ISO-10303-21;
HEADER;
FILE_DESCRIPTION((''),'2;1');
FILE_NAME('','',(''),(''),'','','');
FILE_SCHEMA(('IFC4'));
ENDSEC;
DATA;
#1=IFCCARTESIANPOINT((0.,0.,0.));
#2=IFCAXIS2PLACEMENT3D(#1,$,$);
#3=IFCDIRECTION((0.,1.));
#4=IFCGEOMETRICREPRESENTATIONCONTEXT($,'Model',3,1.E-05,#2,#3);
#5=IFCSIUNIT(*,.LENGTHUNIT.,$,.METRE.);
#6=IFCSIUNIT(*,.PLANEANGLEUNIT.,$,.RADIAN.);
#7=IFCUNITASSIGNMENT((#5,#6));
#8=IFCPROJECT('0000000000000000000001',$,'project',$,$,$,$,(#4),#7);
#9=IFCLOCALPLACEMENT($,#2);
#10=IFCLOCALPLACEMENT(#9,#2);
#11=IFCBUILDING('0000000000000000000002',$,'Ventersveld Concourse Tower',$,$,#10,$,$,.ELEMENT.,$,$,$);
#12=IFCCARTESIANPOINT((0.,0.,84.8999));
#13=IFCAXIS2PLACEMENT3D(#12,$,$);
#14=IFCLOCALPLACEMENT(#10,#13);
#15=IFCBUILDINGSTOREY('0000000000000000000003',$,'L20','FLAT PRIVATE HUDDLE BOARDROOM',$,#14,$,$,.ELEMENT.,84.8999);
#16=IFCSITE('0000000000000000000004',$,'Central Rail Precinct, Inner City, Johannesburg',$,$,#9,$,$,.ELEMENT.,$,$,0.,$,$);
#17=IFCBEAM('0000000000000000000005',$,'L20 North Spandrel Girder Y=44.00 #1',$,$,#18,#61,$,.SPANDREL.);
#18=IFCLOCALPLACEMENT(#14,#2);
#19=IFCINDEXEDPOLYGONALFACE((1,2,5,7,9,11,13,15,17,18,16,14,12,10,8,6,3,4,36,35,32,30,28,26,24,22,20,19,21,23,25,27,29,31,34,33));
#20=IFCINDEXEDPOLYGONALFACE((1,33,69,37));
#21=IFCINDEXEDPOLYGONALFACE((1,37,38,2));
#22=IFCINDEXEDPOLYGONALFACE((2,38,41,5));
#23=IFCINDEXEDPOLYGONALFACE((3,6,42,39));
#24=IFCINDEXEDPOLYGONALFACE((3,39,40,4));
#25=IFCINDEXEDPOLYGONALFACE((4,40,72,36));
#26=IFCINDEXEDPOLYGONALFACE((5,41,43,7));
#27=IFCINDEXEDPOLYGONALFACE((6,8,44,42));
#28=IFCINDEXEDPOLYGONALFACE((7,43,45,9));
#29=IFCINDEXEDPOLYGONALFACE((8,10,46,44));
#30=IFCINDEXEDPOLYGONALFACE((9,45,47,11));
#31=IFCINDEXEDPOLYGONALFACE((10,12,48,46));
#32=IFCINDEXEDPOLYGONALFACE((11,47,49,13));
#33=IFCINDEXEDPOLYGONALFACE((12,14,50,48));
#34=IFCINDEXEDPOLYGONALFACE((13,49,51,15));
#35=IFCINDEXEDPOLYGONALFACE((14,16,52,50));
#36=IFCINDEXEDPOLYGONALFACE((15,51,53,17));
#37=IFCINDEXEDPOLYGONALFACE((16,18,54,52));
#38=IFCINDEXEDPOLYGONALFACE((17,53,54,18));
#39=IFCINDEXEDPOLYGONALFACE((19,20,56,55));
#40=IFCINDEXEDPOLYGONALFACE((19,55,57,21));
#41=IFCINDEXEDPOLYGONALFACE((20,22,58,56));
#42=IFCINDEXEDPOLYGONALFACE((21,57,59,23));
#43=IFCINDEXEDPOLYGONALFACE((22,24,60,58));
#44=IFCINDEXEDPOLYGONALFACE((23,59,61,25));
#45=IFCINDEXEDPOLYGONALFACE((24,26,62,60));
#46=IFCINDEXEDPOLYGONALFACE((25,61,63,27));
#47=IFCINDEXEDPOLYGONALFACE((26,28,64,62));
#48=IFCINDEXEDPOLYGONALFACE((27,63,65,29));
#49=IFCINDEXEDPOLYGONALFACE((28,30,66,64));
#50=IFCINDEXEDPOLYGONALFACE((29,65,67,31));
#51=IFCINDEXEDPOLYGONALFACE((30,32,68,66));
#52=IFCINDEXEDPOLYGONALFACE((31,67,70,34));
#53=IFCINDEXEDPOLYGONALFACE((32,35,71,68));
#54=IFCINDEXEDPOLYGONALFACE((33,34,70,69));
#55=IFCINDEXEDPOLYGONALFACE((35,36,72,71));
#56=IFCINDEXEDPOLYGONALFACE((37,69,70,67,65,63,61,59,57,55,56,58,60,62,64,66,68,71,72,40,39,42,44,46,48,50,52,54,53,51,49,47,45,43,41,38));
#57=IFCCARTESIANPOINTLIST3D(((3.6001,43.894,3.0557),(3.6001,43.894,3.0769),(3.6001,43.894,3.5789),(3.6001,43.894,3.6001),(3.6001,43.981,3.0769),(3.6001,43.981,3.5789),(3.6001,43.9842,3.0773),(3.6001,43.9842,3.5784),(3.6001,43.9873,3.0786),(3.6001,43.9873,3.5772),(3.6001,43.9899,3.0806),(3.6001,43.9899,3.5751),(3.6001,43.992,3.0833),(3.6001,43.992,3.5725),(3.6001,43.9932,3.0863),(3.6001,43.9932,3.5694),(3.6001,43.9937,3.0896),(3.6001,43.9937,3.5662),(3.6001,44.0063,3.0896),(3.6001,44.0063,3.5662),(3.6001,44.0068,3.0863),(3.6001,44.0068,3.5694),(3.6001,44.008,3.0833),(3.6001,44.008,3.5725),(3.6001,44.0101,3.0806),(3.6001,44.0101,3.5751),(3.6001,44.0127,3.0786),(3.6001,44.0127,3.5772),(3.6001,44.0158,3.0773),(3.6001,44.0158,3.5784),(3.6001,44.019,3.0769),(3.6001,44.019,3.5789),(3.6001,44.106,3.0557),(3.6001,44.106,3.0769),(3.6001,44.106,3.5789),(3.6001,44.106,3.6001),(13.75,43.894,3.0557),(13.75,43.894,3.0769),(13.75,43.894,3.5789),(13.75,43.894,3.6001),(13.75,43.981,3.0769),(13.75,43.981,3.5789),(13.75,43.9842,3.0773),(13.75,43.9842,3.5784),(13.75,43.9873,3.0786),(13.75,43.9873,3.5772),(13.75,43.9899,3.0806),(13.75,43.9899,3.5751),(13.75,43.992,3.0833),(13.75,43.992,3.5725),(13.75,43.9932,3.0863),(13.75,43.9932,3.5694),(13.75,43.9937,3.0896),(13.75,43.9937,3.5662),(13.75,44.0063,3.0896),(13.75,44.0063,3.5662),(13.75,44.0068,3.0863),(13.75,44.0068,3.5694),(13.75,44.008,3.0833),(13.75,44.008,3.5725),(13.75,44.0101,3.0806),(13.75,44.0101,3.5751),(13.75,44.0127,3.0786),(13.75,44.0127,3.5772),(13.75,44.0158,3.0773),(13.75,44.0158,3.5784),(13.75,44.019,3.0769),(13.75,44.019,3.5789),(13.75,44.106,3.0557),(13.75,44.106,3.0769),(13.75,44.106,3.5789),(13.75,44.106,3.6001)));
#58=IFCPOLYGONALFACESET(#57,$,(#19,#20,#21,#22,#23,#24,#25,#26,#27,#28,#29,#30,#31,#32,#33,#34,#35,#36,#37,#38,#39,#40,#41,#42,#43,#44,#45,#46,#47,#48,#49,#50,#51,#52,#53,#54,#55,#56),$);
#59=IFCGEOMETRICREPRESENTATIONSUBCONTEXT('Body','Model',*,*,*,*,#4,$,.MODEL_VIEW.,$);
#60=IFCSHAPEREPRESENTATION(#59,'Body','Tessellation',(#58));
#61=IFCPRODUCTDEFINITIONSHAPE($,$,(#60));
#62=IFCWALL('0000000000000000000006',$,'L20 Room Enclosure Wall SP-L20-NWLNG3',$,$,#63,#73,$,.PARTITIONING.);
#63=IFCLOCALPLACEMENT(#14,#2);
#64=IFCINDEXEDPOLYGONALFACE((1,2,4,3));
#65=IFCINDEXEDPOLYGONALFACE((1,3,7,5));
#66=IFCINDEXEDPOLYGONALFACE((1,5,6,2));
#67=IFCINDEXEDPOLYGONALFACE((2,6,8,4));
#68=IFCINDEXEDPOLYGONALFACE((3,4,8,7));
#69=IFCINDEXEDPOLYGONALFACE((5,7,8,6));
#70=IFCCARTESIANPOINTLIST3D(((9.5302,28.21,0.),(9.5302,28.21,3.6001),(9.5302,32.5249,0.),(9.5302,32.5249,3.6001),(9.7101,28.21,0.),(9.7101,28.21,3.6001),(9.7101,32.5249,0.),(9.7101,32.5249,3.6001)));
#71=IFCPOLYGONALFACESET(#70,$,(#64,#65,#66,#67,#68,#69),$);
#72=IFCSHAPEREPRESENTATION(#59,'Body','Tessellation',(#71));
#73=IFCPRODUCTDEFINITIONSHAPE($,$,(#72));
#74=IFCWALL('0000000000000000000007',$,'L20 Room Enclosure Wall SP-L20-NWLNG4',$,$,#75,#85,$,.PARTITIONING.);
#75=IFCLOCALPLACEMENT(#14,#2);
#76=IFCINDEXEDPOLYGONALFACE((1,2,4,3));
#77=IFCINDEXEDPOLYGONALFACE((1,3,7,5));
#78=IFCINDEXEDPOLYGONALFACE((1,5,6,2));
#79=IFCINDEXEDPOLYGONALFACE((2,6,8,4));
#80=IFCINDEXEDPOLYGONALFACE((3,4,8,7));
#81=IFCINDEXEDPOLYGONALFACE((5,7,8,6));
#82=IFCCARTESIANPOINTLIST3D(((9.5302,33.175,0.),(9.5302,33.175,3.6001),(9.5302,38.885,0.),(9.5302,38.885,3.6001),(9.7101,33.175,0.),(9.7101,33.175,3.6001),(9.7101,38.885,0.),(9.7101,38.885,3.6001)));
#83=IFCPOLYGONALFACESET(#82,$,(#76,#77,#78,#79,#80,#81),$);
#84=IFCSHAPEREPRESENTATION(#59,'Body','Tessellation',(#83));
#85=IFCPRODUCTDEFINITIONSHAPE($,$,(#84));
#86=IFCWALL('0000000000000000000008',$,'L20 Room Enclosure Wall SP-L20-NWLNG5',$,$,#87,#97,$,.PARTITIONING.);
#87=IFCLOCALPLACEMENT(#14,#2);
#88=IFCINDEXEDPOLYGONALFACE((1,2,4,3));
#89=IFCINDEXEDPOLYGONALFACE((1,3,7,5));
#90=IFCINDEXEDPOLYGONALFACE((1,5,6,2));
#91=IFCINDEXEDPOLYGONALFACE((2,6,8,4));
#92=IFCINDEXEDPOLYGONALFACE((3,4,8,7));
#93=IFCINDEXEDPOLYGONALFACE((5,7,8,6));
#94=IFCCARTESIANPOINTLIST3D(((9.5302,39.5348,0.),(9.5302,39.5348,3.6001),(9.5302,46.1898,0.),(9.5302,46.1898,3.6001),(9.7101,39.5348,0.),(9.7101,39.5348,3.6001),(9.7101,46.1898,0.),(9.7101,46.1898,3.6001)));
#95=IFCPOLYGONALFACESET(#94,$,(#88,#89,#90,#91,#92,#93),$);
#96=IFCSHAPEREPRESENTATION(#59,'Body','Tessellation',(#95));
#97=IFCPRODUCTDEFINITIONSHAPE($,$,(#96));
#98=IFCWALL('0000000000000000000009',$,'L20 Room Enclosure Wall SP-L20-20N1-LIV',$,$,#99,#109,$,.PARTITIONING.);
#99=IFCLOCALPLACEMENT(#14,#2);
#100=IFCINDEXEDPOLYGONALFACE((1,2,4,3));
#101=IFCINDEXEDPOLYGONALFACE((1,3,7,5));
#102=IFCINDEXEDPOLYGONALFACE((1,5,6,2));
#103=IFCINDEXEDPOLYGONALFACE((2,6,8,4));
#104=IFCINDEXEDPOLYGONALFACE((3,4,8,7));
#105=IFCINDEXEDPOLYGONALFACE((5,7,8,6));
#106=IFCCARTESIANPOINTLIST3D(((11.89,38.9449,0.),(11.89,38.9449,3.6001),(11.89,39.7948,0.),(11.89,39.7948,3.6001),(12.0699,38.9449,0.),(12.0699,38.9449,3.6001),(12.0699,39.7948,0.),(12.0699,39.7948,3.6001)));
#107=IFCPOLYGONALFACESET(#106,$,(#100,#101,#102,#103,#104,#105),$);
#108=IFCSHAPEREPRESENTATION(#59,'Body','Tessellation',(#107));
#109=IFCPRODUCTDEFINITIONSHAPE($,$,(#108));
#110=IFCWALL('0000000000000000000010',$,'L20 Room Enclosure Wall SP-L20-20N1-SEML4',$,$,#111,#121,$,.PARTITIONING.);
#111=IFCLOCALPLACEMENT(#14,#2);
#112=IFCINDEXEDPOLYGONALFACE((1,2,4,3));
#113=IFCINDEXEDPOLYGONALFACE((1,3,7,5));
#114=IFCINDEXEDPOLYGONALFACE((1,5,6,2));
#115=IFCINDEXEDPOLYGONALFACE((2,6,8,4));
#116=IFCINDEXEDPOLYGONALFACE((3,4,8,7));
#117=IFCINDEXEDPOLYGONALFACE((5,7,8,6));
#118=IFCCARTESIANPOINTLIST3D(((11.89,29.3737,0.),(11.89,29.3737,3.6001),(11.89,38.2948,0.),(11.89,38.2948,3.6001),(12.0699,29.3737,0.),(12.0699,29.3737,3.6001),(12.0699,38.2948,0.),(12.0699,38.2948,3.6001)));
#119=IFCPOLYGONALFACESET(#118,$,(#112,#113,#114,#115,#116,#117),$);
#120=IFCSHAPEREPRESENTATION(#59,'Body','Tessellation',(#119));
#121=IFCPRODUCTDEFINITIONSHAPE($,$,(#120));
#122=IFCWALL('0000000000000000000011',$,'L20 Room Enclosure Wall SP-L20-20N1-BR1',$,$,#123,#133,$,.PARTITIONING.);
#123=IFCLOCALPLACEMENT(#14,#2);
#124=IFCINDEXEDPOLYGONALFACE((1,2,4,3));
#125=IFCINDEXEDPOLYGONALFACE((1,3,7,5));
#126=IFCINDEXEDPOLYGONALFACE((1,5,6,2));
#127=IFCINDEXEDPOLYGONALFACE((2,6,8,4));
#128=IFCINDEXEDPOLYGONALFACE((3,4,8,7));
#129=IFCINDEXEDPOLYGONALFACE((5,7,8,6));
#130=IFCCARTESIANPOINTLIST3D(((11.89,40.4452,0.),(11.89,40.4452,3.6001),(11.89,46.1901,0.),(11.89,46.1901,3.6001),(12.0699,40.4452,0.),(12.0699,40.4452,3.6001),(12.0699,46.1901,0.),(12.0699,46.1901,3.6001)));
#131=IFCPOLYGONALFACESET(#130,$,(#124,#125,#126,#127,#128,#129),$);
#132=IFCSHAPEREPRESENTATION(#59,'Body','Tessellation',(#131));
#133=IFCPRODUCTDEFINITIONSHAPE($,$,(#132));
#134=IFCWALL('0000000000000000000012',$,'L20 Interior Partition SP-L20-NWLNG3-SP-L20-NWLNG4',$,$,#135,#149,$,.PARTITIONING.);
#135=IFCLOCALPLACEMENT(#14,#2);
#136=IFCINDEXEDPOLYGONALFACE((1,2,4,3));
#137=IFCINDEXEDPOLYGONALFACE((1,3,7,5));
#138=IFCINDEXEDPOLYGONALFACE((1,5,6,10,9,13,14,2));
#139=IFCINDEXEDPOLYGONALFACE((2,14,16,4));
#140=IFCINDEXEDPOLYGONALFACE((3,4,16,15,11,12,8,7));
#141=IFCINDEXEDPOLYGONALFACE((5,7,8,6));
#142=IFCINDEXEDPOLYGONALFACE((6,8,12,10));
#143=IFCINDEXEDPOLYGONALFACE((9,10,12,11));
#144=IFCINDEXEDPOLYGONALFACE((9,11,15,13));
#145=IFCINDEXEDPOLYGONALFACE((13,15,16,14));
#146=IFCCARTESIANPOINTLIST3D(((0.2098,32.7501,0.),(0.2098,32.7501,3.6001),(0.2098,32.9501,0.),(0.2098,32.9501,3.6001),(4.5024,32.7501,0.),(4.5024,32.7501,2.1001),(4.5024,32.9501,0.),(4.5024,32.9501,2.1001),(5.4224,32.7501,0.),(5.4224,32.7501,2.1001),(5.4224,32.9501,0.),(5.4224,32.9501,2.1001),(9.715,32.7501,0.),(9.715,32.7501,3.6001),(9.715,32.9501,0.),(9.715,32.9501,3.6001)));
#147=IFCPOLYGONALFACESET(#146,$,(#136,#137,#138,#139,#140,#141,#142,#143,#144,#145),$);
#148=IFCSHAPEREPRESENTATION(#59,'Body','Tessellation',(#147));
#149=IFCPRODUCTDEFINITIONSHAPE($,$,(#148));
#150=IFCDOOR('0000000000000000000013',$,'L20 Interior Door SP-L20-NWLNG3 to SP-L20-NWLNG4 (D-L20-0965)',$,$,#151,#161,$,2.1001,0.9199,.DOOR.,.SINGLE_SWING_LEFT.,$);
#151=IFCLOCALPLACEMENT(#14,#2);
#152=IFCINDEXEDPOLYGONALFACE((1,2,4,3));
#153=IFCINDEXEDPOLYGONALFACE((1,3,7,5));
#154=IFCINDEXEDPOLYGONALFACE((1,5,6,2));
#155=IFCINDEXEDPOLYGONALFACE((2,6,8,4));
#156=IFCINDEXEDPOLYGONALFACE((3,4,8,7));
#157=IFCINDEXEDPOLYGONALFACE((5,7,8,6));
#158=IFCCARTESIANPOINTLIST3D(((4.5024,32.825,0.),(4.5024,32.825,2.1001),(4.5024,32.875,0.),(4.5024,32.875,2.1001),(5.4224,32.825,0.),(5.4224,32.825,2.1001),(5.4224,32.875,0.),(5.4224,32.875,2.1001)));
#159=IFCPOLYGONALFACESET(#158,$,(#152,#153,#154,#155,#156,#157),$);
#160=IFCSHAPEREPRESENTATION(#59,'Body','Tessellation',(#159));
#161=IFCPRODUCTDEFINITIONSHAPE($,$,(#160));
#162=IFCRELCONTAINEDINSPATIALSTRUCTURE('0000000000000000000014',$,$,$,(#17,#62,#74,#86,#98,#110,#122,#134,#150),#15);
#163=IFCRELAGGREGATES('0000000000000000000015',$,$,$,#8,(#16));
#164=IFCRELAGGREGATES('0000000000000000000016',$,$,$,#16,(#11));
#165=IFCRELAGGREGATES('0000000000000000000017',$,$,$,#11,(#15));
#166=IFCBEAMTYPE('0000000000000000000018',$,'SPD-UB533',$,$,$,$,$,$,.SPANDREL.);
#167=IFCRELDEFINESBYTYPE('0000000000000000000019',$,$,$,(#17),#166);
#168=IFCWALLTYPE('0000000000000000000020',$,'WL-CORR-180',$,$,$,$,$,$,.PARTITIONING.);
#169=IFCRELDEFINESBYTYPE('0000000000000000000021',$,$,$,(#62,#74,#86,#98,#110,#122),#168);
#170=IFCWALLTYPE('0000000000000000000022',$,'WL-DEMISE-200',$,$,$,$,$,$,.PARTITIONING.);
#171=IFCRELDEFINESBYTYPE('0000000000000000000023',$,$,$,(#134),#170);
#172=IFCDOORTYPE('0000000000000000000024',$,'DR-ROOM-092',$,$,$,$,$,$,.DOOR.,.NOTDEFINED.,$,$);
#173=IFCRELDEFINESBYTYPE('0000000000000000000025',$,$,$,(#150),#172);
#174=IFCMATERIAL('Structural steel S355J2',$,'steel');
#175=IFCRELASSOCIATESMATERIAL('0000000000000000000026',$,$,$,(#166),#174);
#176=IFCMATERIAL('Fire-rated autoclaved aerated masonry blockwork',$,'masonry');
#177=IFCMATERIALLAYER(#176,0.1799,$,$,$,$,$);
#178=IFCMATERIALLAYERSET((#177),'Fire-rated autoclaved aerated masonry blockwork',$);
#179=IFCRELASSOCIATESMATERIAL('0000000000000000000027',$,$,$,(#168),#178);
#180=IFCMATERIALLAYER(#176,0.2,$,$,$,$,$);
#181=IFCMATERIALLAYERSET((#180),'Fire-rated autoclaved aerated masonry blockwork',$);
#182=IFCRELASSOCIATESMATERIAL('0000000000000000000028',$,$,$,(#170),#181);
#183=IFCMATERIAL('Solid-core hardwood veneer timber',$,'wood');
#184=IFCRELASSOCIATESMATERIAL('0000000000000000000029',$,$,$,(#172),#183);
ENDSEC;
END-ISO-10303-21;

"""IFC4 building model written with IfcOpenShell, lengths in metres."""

from ifc_helpers import new_model, si_unit, direction, frame, frame_2d, origin, origin_2d, place, context, subcontext, project, spatial, rectangle, i_section, extrude, material, layer, layer_set, material_profile, profile_set, type_object, element, fill, save


model = new_model("IFC4")

# Units and contexts
model_context = context("Model", 3, precision=1e-05, world=origin(), true_north=direction((0.0, 1.0)))
body_context = subcontext(model_context, "Body", "Model", "MODEL_VIEW")
ifc_project = project(units=[si_unit("LENGTHUNIT", "METRE"), si_unit("PLANEANGLEUNIT", "RADIAN")], contexts=[model_context])

# Site, building, storey
site_placement = place(None, origin())
site = spatial("IfcSite", under=ifc_project, at=site_placement, Name="Central Rail Precinct, Inner City, Johannesburg", CompositionType="ELEMENT", RefElevation=0.0)
building_placement = place(site_placement, origin())
building = spatial("IfcBuilding", under=site, at=building_placement, Name="Ventersveld Concourse Tower", CompositionType="ELEMENT")
storey_placement = place(building_placement, frame((0.0, 0.0, 84.8999)))
storey = spatial("IfcBuildingStorey", under=building, at=storey_placement, Name="L20", Description="FLAT PRIVATE HUDDLE BOARDROOM", CompositionType="ELEMENT", Elevation=84.8999)

# Beam
ifc_material_1 = material(Name="Structural steel S355J2", Category="steel")
ifc_material_profile_1 = material_profile(ifc_material_1, i_section(OverallWidth=0.2119, OverallDepth=0.5444, WebThickness=0.0127, FlangeThickness=0.0212, FilletRadius=0.0127, at=origin_2d()), Name="UB 533x210x122")
ifc_profile_set_1 = profile_set([ifc_material_profile_1], Name="Structural steel S355J2")
beam_type_1 = type_object("IfcBeamType", Name="SPD-UB533", PredefinedType="SPANDREL", material=ifc_profile_set_1)
beam_1_placement = place(storey_placement, frame((3.6001, 44.0, 3.3279), z_axis=(1.0, 0.0, 0.0), x_axis=(0.0, 1.0, 0.0)))
element("IfcBeam", 1, at=beam_1_placement, inside=storey, type_object=beam_type_1, Name="L20 North Spandrel Girder Y=44.00 #1", PredefinedType="SPANDREL", context=body_context, shape_type="SweptSolid", body=[
    extrude(i_section(OverallWidth=0.2119, OverallDepth=0.5444, WebThickness=0.0127, FlangeThickness=0.0212, FilletRadius=0.0127, at=origin_2d()), origin(), (0.0, 0.0, 1.0), 10.1499),
])

# Walls
ifc_material_2 = material(Name="Fire-rated autoclaved aerated masonry blockwork", Category="masonry")
ifc_layer_1 = layer(ifc_material_2, 0.1799)
ifc_layer_set_1 = layer_set([ifc_layer_1], Name="Fire-rated autoclaved aerated masonry blockwork")
wall_type_1 = type_object("IfcWallType", Name="WL-CORR-180", PredefinedType="PARTITIONING", material=ifc_layer_set_1)
wall_1_placement = place(storey_placement, frame((9.6201, 32.5249, 0.0), z_axis=(0.0, 0.0, 1.0), x_axis=(0.0, -1.0, 0.0)))
element("IfcWall", 2, at=wall_1_placement, inside=storey, type_object=wall_type_1, Name="L20 Room Enclosure Wall SP-L20-NWLNG3", PredefinedType="PARTITIONING", context=body_context, shape_type="SweptSolid", body=[
    extrude(rectangle(XDim=4.3149, YDim=0.1799, at=frame_2d((2.1575, 0.0))), origin(), (0.0, 0.0, 1.0), 3.6001),
])
wall_2_placement = place(storey_placement, frame((9.6201, 38.885, 0.0), z_axis=(0.0, 0.0, 1.0), x_axis=(0.0, -1.0, 0.0)))
element("IfcWall", 3, at=wall_2_placement, inside=storey, type_object=wall_type_1, Name="L20 Room Enclosure Wall SP-L20-NWLNG4", PredefinedType="PARTITIONING", context=body_context, shape_type="SweptSolid", body=[
    extrude(rectangle(XDim=5.71, YDim=0.1799, at=frame_2d((2.855, 0.0))), origin(), (0.0, 0.0, 1.0), 3.6001),
])
wall_3_placement = place(storey_placement, frame((9.6201, 46.1899, 0.0), z_axis=(0.0, 0.0, 1.0), x_axis=(0.0, -1.0, 0.0)))
element("IfcWall", 4, at=wall_3_placement, inside=storey, type_object=wall_type_1, Name="L20 Room Enclosure Wall SP-L20-NWLNG5", PredefinedType="PARTITIONING", context=body_context, shape_type="SweptSolid", body=[
    extrude(rectangle(XDim=6.655, YDim=0.1799, at=frame_2d((3.3276, 0.0))), origin(), (0.0, 0.0, 1.0), 3.6001),
])
wall_4_placement = place(storey_placement, frame((11.98, 38.9451, 0.0), z_axis=(0.0, 0.0, 1.0), x_axis=(0.0, 1.0, 0.0)))
element("IfcWall", 5, at=wall_4_placement, inside=storey, type_object=wall_type_1, Name="L20 Room Enclosure Wall SP-L20-20N1-LIV", PredefinedType="PARTITIONING", context=body_context, shape_type="SweptSolid", body=[
    extrude(rectangle(XDim=0.8499, YDim=0.1799, at=frame_2d((0.4248, 0.0))), origin(), (0.0, 0.0, 1.0), 3.6001),
])
wall_5_placement = place(storey_placement, frame((11.98, 29.3738, 0.0), z_axis=(0.0, 0.0, 1.0), x_axis=(0.0, 1.0, 0.0)))
element("IfcWall", 6, at=wall_5_placement, inside=storey, type_object=wall_type_1, Name="L20 Room Enclosure Wall SP-L20-20N1-SEML4", PredefinedType="PARTITIONING", context=body_context, shape_type="SweptSolid", body=[
    extrude(rectangle(XDim=8.9211, YDim=0.1799, at=frame_2d((4.4604, 0.0))), origin(), (0.0, 0.0, 1.0), 3.6001),
])
wall_6_placement = place(storey_placement, frame((11.98, 40.4451, 0.0), z_axis=(0.0, 0.0, 1.0), x_axis=(0.0, 1.0, 0.0)))
element("IfcWall", 7, at=wall_6_placement, inside=storey, type_object=wall_type_1, Name="L20 Room Enclosure Wall SP-L20-20N1-BR1", PredefinedType="PARTITIONING", context=body_context, shape_type="SweptSolid", body=[
    extrude(rectangle(XDim=5.7449, YDim=0.1799, at=frame_2d((2.8726, 0.0))), origin(), (0.0, 0.0, 1.0), 3.6001),
])

# Wall, opening, door
ifc_layer_2 = layer(ifc_material_2, 0.2)
ifc_layer_set_2 = layer_set([ifc_layer_2], Name="Fire-rated autoclaved aerated masonry blockwork")
wall_type_2 = type_object("IfcWallType", Name="WL-DEMISE-200", PredefinedType="PARTITIONING", material=ifc_layer_set_2)
wall_7_placement = place(storey_placement, frame((0.21, 32.8501, 0.0), z_axis=(0.0, 0.0, 1.0), x_axis=(1.0, 0.0, 0.0)))
wall_7 = element("IfcWall", 8, at=wall_7_placement, inside=storey, type_object=wall_type_2, Name="L20 Interior Partition SP-L20-NWLNG3-SP-L20-NWLNG4", PredefinedType="PARTITIONING", context=body_context, shape_type="SweptSolid", body=[
    extrude(rectangle(XDim=9.5051, YDim=0.2, at=frame_2d((4.7524, 0.0))), origin(), (0.0, 0.0, 1.0), 3.6001),
])
opening_1_placement = place(wall_7_placement, frame((4.2925, 0.0, 0.0)))
opening_1 = element("IfcOpeningElement", 9, at=opening_1_placement, cuts=wall_7, PredefinedType="OPENING", context=body_context, shape_type="SweptSolid", body=[
    extrude(rectangle(XDim=0.9199, YDim=2.1001, at=frame_2d((0.46, 1.05))), frame((0.0, 0.1099, 0.0), z_axis=(0.0, -1.0, 0.0), x_axis=(1.0, 0.0, 0.0)), (0.0, 0.0, 1.0), 0.22),
])
ifc_material_3 = material(Name="Solid-core hardwood veneer timber", Category="wood")
door_type = type_object("IfcDoorType", Name="DR-ROOM-092", OperationType="NOTDEFINED", PredefinedType="DOOR", material=ifc_material_3)
door_1_placement = place(opening_1_placement, origin())
door_1 = element("IfcDoor", 10, at=door_1_placement, inside=storey, type_object=door_type, Name="L20 Interior Door SP-L20-NWLNG3 to SP-L20-NWLNG4 (D-L20-0965)", OperationType="SINGLE_SWING_LEFT", OverallHeight=2.1001, OverallWidth=0.9199, PredefinedType="DOOR", context=body_context, shape_type="SweptSolid", body=[
    extrude(rectangle(XDim=0.9199, YDim=2.1001, at=frame_2d((0.46, 1.05))), frame((0.0, 0.0249, 0.0), z_axis=(0.0, -1.0, 0.0), x_axis=(1.0, 0.0, 0.0)), (0.0, 0.0, 1.0), 0.05),
])
fill(opening_1, door_1)

save(model, "model.ifc")
